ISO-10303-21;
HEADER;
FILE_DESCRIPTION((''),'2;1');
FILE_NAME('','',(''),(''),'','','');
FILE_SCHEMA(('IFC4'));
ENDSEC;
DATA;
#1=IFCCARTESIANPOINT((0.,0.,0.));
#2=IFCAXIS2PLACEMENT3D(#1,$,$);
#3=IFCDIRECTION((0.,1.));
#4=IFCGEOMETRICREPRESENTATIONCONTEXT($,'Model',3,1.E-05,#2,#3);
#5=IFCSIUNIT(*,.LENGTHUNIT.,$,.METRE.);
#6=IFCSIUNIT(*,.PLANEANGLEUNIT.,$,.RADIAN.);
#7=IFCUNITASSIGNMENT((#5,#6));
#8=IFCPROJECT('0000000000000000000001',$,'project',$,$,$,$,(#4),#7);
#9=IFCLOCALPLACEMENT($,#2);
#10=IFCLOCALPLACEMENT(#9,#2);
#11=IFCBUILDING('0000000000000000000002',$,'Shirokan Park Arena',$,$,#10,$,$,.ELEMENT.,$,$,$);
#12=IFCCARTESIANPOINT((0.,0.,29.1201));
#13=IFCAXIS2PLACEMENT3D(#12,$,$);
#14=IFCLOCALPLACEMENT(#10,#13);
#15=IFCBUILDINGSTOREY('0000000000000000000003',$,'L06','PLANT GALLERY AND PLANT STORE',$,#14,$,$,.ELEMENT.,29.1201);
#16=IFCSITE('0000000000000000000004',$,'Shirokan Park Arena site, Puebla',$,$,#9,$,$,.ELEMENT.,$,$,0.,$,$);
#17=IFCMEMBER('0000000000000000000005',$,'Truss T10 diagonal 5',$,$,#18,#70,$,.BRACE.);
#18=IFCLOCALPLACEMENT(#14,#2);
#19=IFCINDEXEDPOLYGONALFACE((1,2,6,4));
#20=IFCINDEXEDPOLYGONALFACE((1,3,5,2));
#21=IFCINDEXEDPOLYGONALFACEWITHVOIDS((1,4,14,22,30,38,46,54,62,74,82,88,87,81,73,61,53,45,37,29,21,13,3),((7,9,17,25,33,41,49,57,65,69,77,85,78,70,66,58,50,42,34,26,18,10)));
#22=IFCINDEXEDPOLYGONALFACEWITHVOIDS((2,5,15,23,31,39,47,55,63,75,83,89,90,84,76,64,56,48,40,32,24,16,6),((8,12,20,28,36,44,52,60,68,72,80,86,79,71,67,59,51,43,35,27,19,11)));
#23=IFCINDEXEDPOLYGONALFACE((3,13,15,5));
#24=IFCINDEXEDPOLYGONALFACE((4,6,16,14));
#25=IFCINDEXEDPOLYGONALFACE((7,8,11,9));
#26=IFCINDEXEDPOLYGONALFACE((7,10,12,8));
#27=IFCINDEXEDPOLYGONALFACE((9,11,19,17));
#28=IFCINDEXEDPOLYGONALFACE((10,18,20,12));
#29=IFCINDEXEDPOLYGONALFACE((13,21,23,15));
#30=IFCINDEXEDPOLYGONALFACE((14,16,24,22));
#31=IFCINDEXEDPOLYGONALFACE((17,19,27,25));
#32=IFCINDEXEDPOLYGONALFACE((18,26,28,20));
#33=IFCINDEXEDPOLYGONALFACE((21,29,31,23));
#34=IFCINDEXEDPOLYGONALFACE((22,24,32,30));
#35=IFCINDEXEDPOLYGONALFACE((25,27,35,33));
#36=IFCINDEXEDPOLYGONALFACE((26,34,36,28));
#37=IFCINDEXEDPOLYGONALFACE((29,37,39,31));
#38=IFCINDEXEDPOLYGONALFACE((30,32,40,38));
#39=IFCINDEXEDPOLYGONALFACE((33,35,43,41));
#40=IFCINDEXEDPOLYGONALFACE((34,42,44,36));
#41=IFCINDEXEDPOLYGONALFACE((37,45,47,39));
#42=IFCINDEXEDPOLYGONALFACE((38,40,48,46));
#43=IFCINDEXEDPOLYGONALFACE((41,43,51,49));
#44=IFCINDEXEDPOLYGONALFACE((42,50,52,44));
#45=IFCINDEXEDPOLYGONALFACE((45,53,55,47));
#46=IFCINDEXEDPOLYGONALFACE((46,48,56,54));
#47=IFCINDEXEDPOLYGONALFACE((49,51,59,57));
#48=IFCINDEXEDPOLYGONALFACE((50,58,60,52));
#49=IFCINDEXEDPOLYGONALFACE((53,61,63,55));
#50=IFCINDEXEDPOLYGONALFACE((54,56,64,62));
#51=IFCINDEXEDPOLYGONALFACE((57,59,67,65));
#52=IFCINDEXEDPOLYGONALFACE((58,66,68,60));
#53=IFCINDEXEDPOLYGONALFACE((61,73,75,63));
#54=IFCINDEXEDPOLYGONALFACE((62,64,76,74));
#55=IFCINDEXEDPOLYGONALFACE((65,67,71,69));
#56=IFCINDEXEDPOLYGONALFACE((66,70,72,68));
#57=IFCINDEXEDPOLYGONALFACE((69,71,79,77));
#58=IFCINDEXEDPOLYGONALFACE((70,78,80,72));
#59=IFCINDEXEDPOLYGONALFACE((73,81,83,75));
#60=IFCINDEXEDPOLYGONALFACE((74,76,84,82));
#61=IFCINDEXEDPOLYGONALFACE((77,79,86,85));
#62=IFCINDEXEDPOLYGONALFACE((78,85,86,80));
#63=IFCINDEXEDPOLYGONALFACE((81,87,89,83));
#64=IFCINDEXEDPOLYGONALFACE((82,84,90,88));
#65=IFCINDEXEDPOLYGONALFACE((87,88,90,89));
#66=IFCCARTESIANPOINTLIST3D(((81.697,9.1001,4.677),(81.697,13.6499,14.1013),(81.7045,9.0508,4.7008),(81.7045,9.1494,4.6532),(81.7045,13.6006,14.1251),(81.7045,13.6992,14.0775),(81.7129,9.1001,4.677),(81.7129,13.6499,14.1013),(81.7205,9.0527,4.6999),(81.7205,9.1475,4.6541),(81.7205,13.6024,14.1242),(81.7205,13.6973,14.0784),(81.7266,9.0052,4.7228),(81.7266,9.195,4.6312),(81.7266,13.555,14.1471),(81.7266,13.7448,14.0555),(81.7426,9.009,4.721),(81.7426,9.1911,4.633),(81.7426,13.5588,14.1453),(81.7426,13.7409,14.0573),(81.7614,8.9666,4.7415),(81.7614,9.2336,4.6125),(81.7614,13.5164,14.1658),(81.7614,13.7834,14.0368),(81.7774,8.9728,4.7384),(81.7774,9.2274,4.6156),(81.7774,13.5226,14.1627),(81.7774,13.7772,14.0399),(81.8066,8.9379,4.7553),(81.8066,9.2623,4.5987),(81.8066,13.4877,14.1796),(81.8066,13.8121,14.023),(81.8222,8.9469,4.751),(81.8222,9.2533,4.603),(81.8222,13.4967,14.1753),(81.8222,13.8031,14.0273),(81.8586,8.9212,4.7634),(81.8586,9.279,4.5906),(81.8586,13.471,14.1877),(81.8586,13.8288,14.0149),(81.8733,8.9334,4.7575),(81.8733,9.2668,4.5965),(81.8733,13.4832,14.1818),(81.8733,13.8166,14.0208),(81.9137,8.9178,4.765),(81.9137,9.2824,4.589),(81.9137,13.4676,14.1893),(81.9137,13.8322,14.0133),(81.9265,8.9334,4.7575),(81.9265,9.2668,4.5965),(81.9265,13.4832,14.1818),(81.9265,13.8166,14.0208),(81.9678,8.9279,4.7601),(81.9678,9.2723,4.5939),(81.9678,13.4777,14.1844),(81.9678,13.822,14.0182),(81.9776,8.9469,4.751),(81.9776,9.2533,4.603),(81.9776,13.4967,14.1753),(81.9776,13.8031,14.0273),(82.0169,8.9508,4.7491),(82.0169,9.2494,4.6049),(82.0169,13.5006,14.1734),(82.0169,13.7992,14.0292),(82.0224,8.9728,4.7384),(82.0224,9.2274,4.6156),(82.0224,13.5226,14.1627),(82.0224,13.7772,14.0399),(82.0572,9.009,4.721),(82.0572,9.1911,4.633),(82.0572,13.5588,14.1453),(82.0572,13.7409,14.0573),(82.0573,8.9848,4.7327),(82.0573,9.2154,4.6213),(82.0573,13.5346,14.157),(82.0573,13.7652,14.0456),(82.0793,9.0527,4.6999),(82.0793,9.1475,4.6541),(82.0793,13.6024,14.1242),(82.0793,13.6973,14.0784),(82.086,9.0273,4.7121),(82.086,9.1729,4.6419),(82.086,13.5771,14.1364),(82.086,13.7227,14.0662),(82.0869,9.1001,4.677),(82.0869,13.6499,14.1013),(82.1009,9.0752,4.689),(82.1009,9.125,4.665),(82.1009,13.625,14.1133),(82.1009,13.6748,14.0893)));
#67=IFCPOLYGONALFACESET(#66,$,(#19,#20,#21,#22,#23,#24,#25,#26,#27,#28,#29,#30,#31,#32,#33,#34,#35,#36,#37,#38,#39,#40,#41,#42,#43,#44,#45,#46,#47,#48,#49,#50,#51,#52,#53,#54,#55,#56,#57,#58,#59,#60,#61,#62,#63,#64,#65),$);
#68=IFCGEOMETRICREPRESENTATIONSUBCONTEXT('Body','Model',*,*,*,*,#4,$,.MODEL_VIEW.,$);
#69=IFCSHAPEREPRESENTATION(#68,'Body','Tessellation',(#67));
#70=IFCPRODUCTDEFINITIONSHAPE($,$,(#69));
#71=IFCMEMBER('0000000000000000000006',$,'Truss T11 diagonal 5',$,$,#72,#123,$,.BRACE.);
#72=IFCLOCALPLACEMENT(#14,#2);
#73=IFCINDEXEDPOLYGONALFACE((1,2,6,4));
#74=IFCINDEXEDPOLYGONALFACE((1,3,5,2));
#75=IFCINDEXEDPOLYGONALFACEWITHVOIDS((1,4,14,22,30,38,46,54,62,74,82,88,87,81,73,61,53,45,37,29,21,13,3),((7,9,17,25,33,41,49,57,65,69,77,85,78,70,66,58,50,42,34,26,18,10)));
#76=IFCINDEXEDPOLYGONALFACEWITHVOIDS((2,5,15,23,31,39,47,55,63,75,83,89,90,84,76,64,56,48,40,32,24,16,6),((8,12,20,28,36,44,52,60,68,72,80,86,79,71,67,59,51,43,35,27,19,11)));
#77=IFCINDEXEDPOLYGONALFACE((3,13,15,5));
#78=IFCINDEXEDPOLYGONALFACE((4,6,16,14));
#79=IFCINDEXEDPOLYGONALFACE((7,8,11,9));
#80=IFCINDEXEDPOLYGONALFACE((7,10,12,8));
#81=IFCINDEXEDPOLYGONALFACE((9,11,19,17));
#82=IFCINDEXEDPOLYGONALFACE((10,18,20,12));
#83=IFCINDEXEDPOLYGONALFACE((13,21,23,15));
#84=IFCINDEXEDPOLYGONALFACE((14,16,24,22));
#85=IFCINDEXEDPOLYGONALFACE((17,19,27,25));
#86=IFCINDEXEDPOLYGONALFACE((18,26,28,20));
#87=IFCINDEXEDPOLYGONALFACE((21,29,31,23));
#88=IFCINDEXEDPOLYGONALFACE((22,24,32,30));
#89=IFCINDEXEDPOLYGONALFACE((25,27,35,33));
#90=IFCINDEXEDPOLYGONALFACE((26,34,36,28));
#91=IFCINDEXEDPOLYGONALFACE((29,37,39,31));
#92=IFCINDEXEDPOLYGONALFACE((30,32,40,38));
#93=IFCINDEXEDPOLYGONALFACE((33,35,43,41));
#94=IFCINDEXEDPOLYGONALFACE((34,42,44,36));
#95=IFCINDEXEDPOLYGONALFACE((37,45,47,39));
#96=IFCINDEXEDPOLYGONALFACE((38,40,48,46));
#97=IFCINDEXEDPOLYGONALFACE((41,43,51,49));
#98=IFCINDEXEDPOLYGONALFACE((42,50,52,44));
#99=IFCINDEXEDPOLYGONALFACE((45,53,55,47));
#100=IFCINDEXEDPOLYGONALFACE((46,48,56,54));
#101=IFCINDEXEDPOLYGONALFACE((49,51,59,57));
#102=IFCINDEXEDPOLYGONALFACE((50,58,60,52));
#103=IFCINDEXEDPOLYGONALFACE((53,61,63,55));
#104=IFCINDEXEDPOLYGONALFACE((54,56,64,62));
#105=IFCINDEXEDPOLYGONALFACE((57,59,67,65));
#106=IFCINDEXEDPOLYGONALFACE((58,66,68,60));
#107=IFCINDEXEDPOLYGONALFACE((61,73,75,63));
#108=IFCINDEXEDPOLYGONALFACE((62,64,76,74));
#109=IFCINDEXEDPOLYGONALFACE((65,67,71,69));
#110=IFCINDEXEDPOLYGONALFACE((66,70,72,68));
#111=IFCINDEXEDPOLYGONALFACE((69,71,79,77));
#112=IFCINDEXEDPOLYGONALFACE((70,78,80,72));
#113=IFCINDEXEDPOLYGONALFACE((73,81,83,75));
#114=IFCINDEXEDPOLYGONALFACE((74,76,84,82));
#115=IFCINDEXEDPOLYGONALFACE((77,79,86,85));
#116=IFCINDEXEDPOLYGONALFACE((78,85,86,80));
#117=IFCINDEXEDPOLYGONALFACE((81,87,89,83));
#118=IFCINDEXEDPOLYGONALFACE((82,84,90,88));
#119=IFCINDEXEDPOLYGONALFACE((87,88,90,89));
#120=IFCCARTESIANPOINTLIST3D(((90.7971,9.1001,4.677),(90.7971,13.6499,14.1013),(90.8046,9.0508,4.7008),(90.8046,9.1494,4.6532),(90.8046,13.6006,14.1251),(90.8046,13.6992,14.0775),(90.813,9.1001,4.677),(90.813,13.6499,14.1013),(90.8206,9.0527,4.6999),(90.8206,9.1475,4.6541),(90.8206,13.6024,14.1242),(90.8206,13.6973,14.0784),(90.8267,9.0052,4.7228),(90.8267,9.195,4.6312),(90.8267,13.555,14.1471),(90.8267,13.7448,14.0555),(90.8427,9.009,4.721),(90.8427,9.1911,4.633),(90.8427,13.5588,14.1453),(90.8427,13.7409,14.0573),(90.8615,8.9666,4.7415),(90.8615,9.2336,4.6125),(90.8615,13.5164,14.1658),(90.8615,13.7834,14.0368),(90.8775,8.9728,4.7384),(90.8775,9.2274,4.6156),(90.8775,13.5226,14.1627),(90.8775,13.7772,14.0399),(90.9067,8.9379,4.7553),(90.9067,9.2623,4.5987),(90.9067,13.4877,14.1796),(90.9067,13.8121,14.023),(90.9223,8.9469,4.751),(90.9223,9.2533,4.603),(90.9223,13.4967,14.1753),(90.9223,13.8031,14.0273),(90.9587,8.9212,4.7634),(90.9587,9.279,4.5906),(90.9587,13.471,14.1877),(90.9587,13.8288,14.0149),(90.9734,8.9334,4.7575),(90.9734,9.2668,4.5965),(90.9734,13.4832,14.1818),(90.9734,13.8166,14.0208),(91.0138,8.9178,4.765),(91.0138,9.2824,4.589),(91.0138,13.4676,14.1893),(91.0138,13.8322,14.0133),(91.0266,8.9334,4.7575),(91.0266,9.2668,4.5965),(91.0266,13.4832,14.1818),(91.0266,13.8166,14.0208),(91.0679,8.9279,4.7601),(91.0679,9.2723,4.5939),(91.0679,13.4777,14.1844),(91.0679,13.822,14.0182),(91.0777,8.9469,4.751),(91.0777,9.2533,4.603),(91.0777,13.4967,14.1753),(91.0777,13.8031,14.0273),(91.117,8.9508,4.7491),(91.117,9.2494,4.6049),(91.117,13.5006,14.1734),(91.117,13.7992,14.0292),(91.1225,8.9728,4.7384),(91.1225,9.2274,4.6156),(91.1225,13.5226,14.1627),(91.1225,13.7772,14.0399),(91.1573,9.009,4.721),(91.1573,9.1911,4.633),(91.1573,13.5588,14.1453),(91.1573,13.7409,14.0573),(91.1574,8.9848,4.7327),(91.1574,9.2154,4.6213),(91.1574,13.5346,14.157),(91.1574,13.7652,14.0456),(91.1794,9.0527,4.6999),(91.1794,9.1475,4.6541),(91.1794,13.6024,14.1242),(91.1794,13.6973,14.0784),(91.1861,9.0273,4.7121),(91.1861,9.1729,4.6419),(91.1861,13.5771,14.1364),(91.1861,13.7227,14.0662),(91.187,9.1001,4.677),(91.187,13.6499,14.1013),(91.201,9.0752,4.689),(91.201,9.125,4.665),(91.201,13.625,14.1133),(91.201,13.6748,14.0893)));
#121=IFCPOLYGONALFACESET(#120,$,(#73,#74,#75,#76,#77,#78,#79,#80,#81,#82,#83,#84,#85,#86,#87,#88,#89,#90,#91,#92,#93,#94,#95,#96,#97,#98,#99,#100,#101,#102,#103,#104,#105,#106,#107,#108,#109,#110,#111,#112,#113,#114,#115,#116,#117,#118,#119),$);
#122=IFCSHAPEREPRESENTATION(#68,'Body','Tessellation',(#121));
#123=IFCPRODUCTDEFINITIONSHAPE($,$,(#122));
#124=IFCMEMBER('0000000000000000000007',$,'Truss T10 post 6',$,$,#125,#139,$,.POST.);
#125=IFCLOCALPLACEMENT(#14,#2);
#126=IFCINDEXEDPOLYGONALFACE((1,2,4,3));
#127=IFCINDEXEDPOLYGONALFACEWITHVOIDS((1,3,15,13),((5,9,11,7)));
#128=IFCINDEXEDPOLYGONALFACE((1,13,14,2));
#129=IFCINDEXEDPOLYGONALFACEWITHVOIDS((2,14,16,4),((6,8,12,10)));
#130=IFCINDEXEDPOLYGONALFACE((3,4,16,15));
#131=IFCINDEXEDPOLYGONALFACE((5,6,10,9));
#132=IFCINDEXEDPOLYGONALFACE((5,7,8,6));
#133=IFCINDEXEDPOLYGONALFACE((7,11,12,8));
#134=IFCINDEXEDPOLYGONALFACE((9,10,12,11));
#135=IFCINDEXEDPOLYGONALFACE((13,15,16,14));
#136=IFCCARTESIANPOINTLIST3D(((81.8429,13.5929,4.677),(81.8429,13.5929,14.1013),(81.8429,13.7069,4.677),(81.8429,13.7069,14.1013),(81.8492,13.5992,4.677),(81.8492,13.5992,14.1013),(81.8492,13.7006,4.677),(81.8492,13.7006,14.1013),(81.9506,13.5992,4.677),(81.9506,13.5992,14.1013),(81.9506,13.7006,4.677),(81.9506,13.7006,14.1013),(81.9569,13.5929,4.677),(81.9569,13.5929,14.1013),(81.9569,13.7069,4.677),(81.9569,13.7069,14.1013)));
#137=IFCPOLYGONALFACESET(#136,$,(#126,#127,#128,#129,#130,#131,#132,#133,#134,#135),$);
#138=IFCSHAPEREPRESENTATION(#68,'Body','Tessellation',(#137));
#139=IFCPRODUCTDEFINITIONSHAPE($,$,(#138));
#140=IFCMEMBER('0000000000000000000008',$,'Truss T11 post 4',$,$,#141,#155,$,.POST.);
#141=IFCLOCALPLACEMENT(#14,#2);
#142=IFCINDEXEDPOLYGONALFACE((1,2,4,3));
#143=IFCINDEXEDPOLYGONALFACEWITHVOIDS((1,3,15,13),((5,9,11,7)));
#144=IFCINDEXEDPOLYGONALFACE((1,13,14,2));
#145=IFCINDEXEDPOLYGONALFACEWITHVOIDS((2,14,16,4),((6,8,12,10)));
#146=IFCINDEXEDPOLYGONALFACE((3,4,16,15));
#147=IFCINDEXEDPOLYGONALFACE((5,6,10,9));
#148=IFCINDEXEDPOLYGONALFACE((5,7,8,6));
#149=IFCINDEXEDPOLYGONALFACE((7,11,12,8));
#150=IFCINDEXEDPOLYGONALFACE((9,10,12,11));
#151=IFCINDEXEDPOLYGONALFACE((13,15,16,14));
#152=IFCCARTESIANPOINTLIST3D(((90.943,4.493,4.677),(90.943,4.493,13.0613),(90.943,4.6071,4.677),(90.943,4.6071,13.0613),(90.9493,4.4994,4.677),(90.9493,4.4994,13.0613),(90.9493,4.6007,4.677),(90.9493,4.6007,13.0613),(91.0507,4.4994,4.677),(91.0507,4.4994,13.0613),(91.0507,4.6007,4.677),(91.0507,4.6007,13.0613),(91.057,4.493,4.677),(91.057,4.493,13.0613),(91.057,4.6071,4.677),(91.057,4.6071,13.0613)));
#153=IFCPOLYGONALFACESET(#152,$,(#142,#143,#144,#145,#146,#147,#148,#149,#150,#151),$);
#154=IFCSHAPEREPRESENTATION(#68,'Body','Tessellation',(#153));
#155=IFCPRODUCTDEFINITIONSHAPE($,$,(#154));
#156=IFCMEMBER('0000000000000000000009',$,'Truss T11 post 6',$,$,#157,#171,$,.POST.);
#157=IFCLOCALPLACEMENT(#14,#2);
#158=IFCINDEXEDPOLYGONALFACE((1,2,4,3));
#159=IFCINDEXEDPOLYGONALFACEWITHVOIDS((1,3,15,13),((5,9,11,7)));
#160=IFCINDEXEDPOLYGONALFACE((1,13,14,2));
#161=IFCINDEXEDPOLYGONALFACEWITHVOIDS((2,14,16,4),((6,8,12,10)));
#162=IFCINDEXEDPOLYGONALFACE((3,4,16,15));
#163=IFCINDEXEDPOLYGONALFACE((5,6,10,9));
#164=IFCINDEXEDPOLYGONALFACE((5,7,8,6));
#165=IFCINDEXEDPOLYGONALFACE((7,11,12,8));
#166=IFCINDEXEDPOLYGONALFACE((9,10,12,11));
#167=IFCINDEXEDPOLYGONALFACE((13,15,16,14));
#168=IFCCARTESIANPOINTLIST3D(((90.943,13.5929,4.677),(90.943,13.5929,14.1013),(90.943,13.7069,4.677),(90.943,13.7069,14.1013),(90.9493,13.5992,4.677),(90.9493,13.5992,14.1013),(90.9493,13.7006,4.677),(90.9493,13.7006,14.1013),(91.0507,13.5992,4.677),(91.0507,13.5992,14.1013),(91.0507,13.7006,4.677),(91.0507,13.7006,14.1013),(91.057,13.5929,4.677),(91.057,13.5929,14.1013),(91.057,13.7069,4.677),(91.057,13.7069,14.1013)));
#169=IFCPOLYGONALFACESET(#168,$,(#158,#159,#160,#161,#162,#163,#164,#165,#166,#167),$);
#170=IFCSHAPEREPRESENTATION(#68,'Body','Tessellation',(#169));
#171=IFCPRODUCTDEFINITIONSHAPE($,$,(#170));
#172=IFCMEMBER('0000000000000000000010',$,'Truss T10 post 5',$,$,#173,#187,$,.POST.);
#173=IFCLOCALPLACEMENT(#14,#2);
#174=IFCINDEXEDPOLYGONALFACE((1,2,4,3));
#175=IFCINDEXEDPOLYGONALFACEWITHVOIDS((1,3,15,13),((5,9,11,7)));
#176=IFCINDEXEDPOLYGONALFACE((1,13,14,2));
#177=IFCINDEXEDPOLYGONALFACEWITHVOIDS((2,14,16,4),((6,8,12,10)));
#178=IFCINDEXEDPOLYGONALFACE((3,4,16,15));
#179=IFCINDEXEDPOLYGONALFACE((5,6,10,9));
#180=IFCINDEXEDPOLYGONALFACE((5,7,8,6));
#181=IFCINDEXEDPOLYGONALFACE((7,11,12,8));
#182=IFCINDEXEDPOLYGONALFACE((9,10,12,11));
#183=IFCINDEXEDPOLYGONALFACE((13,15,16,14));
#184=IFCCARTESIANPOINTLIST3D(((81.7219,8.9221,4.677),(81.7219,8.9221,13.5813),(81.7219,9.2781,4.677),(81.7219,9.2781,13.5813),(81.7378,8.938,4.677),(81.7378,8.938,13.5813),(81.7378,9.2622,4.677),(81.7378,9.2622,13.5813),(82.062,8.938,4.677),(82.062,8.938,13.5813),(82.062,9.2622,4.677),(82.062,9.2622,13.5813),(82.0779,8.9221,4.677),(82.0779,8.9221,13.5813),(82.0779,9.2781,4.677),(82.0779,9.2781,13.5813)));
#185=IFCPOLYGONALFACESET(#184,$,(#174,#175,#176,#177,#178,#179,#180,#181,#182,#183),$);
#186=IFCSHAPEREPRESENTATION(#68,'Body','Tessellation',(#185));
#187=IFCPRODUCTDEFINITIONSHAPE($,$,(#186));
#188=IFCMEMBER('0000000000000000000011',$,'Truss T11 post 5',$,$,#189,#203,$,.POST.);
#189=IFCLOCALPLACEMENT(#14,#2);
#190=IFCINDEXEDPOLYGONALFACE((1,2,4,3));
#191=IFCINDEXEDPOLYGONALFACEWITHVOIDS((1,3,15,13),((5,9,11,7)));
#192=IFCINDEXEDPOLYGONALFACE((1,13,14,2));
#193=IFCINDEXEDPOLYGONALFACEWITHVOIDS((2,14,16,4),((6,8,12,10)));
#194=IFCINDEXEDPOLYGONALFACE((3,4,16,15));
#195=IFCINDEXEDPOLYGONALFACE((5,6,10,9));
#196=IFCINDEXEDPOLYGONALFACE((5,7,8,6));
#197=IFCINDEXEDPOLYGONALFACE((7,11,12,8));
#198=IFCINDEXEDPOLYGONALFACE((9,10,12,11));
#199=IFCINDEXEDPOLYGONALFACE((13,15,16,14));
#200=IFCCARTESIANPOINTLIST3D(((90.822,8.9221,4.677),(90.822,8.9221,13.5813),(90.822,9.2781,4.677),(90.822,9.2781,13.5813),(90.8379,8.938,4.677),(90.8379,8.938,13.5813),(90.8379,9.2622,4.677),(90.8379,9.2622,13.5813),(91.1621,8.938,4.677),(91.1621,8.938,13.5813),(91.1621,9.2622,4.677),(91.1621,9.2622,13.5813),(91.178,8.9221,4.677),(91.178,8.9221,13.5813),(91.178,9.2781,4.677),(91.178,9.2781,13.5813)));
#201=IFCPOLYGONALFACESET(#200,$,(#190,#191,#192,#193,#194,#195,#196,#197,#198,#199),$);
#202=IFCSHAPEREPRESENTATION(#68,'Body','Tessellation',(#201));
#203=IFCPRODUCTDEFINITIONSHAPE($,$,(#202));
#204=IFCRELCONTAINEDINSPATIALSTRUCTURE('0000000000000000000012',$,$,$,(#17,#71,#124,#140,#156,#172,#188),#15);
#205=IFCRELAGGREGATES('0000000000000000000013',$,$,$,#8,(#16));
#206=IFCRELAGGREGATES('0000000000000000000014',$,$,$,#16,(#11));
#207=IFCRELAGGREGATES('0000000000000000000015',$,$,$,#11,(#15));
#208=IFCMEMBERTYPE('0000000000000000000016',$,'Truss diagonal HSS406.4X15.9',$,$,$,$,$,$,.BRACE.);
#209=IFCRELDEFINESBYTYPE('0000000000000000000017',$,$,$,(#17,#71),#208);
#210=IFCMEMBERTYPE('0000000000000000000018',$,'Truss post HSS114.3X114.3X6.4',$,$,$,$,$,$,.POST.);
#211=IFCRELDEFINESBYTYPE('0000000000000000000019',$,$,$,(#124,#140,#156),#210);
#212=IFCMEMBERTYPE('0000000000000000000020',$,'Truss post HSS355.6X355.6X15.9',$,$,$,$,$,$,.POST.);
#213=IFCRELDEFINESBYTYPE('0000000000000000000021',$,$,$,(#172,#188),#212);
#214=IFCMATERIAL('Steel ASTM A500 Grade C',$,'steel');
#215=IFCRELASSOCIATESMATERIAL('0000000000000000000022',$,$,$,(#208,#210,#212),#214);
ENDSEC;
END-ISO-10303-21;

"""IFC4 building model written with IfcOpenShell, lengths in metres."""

from ifc_helpers import new_model, si_unit, direction, frame, origin, origin_2d, place, context, subcontext, project, spatial, hollow_rectangle, hollow_circle, extrude, material, material_profile, profile_set, type_object, element, save


model = new_model("IFC4")

# Units and contexts
model_context = context("Model", 3, precision=1e-05, world=origin(), true_north=direction((0.0, 1.0)))
body_context = subcontext(model_context, "Body", "Model", "MODEL_VIEW")
ifc_project = project(units=[si_unit("LENGTHUNIT", "METRE"), si_unit("PLANEANGLEUNIT", "RADIAN")], contexts=[model_context])

# Site, building, storey
site_placement = place(None, origin())
site = spatial("IfcSite", under=ifc_project, at=site_placement, Name="Shirokan Park Arena site, Puebla", CompositionType="ELEMENT", RefElevation=0.0)
building_placement = place(site_placement, origin())
building = spatial("IfcBuilding", under=site, at=building_placement, Name="Shirokan Park Arena", CompositionType="ELEMENT")
storey_placement = place(building_placement, frame((0.0, 0.0, 29.1201)))
storey = spatial("IfcBuildingStorey", under=building, at=storey_placement, Name="L06", Description="PLANT GALLERY AND PLANT STORE", CompositionType="ELEMENT", Elevation=29.1201)

# Shared definitions
ifc_material_1 = material(Name="Steel ASTM A500 Grade C", Category="steel")

# Members
ifc_material_profile_1 = material_profile(ifc_material_1, hollow_circle(Radius=0.2029, WallThickness=0.0159, at=origin_2d()), Name="HSS406.4X15.9")
ifc_profile_set_1 = profile_set([ifc_material_profile_1], Name="Steel ASTM A500 Grade C")
member_type_1 = type_object("IfcMemberType", Name="Truss diagonal HSS406.4X15.9", PredefinedType="BRACE", material=ifc_profile_set_1)
for number, where, z_axis, x_axis, name in (
    (1, (81.8999, 9.1001, 4.677), (0.0, 0.43476, 0.900547), (-1.0, 0.0, 0.0), "Truss T10 diagonal 5"),
    (2, (91.0, 9.1001, 4.677), (0.0, 0.43476, 0.900547), (-1.0, 0.0, 0.0), "Truss T11 diagonal 5"),
):
    element("IfcMember", number, at=place(storey_placement, frame(where, z_axis=z_axis, x_axis=x_axis)), inside=storey, type_object=member_type_1, Name=name, PredefinedType="BRACE", context=body_context, shape_type="SweptSolid", body=[
        extrude(hollow_circle(Radius=0.2029, WallThickness=0.0159, at=origin_2d()), origin(), (0.0, 0.0, 1.0), 10.4651),
    ])
ifc_material_profile_2 = material_profile(ifc_material_1, hollow_rectangle(XDim=0.114, YDim=0.114, WallThickness=0.0063, at=origin_2d()), Name="HSS114.3X114.3X6.4")
ifc_profile_set_2 = profile_set([ifc_material_profile_2], Name="Steel ASTM A500 Grade C")
member_type_2 = type_object("IfcMemberType", Name="Truss post HSS114.3X114.3X6.4", PredefinedType="POST", material=ifc_profile_set_2)
member_1_placement = place(storey_placement, frame((81.8999, 13.6499, 4.677), z_axis=(0.0, 0.0, 1.0), x_axis=(1.0, 0.0, 0.0)))
element("IfcMember", 3, at=member_1_placement, inside=storey, type_object=member_type_2, Name="Truss T10 post 6", PredefinedType="POST", context=body_context, shape_type="SweptSolid", body=[
    extrude(hollow_rectangle(XDim=0.114, YDim=0.114, WallThickness=0.0063, at=origin_2d()), origin(), (0.0, 0.0, 1.0), 9.4243),
])
member_2_placement = place(storey_placement, frame((91.0, 4.55, 4.677), z_axis=(0.0, 0.0, 1.0), x_axis=(1.0, 0.0, 0.0)))
element("IfcMember", 4, at=member_2_placement, inside=storey, type_object=member_type_2, Name="Truss T11 post 4", PredefinedType="POST", context=body_context, shape_type="SweptSolid", body=[
    extrude(hollow_rectangle(XDim=0.114, YDim=0.114, WallThickness=0.0063, at=origin_2d()), origin(), (0.0, 0.0, 1.0), 8.3843),
])
member_3_placement = place(storey_placement, frame((91.0, 13.6499, 4.677), z_axis=(0.0, 0.0, 1.0), x_axis=(1.0, 0.0, 0.0)))
element("IfcMember", 5, at=member_3_placement, inside=storey, type_object=member_type_2, Name="Truss T11 post 6", PredefinedType="POST", context=body_context, shape_type="SweptSolid", body=[
    extrude(hollow_rectangle(XDim=0.114, YDim=0.114, WallThickness=0.0063, at=origin_2d()), origin(), (0.0, 0.0, 1.0), 9.4243),
])
ifc_material_profile_3 = material_profile(ifc_material_1, hollow_rectangle(XDim=0.356, YDim=0.356, WallThickness=0.0159, at=origin_2d()), Name="HSS355.6X355.6X15.9")
ifc_profile_set_3 = profile_set([ifc_material_profile_3], Name="Steel ASTM A500 Grade C")
member_type_3 = type_object("IfcMemberType", Name="Truss post HSS355.6X355.6X15.9", PredefinedType="POST", material=ifc_profile_set_3)
for number, where, z_axis, x_axis, name in (
    (6, (81.8999, 9.1001, 4.677), (0.0, 0.0, 1.0), (1.0, 0.0, 0.0), "Truss T10 post 5"),
    (7, (91.0, 9.1001, 4.677), (0.0, 0.0, 1.0), (1.0, 0.0, 0.0), "Truss T11 post 5"),
):
    element("IfcMember", number, at=place(storey_placement, frame(where, z_axis=z_axis, x_axis=x_axis)), inside=storey, type_object=member_type_3, Name=name, PredefinedType="POST", context=body_context, shape_type="SweptSolid", body=[
        extrude(hollow_rectangle(XDim=0.356, YDim=0.356, WallThickness=0.0159, at=origin_2d()), origin(), (0.0, 0.0, 1.0), 8.9043),
    ])

save(model, "model.ifc")
